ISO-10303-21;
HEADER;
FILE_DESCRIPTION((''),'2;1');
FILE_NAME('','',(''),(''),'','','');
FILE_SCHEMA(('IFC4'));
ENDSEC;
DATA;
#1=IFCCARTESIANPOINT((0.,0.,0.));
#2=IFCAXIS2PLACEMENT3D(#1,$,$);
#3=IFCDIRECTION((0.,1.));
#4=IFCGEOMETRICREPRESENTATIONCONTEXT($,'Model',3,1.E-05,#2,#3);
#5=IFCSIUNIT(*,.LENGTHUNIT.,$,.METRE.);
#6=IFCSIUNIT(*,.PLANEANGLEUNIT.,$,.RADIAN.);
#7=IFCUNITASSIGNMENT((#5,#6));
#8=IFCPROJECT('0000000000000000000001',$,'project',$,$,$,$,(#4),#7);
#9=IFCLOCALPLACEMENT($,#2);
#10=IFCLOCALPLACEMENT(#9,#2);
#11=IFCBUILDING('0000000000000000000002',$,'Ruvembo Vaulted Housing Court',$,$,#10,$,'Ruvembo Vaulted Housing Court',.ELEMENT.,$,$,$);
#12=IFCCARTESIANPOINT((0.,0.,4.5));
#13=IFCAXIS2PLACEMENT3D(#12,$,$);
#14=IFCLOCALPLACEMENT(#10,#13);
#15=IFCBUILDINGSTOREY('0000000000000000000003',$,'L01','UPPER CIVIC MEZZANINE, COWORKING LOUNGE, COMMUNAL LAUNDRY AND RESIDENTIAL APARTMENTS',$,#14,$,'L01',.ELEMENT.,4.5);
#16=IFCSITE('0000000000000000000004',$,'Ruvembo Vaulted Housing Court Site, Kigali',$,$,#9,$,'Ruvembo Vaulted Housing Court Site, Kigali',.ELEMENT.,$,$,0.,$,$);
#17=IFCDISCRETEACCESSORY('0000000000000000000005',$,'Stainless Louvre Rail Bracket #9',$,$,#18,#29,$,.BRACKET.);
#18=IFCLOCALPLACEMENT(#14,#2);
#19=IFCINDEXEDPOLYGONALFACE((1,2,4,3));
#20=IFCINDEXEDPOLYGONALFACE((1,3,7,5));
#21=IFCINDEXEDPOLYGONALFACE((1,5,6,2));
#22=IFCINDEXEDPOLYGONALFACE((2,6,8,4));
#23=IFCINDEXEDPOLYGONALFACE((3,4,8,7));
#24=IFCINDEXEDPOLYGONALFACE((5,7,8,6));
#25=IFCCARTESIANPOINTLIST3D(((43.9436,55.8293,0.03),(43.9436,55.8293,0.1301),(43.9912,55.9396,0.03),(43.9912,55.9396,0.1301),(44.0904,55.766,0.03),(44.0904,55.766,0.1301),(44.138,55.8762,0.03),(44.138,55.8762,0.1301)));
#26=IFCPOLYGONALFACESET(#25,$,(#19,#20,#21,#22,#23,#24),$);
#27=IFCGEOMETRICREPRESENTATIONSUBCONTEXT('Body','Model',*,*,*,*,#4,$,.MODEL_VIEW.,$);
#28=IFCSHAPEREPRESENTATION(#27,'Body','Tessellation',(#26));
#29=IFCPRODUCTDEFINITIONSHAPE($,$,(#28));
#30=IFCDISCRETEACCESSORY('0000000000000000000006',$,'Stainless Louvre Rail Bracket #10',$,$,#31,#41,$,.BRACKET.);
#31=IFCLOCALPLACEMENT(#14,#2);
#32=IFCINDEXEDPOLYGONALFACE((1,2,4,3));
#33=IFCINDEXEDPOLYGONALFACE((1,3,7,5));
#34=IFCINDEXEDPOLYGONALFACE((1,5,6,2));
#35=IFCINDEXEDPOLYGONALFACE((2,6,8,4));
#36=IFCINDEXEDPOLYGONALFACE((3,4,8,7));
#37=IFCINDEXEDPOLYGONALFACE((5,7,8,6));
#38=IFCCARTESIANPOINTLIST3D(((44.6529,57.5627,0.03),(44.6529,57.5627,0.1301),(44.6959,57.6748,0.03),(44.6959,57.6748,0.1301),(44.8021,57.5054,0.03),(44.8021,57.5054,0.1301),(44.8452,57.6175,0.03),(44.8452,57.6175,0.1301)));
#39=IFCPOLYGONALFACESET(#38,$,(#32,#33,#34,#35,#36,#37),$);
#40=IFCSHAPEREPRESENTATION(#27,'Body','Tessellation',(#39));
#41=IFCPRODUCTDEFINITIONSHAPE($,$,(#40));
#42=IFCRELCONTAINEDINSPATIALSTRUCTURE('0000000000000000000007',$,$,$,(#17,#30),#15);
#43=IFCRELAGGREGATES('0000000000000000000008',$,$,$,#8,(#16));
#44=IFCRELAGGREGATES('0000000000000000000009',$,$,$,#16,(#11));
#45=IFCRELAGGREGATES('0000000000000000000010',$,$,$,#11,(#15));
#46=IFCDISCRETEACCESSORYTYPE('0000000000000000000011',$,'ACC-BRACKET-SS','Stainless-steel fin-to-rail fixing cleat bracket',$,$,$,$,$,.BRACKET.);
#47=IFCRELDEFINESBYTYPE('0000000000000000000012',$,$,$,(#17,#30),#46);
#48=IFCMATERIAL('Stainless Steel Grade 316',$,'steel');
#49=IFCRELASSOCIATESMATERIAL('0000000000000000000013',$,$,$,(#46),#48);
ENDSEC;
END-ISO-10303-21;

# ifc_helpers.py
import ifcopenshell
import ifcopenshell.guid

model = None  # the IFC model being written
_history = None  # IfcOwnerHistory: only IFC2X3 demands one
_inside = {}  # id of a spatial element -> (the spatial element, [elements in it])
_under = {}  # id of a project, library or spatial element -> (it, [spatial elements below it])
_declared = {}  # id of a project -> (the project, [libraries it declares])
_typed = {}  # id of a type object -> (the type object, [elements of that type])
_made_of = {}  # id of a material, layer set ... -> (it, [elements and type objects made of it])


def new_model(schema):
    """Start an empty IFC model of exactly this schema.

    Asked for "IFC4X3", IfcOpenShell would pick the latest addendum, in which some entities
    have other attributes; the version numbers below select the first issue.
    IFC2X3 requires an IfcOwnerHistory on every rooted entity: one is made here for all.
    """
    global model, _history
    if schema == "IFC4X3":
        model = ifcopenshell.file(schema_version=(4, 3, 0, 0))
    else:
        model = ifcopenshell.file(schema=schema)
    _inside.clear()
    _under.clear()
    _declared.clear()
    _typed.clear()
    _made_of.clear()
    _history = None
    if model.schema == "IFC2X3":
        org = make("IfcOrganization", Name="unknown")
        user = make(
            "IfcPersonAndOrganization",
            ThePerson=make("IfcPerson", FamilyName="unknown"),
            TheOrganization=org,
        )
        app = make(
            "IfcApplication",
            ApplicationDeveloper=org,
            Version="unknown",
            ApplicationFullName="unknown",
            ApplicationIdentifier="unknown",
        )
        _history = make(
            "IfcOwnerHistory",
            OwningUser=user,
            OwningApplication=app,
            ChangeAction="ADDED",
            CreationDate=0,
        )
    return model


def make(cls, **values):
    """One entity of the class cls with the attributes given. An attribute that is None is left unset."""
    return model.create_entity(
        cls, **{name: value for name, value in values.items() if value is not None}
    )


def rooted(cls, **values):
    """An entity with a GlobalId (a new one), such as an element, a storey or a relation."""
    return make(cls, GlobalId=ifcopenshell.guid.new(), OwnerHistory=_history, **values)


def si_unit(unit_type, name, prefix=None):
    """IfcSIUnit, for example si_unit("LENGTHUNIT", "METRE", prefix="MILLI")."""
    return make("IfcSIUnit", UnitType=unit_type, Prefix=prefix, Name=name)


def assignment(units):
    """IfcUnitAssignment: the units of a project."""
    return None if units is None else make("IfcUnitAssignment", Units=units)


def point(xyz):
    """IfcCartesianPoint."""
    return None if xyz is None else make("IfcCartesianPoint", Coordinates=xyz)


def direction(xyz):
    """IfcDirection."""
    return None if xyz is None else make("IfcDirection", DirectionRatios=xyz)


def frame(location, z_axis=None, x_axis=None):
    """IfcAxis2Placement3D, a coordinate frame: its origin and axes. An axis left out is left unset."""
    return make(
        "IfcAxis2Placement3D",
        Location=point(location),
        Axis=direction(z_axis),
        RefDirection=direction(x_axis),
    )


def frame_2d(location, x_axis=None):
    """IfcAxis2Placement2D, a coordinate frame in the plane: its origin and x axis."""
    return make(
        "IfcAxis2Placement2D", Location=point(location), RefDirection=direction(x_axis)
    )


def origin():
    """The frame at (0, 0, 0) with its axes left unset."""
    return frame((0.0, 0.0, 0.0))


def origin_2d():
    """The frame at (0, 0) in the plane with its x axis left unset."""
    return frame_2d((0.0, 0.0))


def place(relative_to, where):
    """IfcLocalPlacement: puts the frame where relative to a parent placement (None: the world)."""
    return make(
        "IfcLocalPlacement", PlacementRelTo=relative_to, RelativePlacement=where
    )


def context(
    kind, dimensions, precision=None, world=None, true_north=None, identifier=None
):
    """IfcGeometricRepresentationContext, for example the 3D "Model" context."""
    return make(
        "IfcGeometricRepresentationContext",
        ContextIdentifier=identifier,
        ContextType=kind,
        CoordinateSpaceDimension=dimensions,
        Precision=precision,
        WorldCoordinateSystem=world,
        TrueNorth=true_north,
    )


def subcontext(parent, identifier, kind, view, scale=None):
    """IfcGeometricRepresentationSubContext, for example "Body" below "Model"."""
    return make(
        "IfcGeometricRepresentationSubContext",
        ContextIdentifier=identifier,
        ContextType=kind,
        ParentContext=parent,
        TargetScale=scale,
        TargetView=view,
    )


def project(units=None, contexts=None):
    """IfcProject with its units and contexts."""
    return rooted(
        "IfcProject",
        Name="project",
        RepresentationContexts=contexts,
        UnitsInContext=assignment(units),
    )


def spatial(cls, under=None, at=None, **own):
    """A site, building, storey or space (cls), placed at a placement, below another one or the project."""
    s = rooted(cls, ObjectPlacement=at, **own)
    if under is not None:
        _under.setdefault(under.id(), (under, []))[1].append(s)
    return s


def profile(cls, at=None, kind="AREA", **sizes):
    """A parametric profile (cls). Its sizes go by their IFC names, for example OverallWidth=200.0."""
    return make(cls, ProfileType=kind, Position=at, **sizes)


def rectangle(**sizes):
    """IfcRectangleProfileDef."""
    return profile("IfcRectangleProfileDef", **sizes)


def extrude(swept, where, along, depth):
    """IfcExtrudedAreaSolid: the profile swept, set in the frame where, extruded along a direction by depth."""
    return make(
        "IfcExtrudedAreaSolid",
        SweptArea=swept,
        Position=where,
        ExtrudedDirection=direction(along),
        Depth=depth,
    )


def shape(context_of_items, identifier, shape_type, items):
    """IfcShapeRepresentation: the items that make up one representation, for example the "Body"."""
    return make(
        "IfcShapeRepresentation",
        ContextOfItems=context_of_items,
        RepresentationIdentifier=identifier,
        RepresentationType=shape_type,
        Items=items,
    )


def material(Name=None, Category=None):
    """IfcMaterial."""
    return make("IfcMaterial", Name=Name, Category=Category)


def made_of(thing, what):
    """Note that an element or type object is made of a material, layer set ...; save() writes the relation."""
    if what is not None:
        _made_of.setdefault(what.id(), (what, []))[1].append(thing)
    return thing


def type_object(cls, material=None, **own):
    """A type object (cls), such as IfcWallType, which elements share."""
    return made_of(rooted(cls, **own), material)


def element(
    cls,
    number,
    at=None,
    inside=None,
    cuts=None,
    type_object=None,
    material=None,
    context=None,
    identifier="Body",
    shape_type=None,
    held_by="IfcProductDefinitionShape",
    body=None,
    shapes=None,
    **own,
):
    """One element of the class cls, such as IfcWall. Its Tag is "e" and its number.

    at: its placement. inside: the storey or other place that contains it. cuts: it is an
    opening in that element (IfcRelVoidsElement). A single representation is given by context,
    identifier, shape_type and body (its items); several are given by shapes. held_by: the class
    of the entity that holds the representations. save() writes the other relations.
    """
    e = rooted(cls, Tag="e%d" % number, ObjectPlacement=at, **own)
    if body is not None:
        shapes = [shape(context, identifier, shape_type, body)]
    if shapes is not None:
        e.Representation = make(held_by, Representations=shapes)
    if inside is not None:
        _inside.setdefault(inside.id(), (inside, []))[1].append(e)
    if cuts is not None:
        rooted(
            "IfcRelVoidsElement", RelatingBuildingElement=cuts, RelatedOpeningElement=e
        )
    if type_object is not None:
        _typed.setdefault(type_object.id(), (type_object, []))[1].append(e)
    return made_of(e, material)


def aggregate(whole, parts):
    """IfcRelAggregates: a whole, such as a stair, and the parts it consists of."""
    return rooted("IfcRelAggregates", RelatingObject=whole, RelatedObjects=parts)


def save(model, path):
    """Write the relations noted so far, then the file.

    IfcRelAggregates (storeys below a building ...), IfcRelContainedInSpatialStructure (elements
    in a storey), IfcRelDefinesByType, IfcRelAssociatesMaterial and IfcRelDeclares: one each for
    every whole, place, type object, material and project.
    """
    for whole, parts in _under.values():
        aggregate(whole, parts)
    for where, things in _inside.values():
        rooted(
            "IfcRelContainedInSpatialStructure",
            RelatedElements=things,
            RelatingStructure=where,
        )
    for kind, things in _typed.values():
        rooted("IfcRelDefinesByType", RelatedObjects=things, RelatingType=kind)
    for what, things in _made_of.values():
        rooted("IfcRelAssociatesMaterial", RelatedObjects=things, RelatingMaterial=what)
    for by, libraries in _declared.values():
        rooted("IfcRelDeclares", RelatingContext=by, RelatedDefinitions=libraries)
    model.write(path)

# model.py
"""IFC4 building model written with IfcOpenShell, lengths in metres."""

from ifc_helpers import new_model, si_unit, direction, frame, origin, origin_2d, place, context, subcontext, project, spatial, rectangle, extrude, material, type_object, element, save


model = new_model("IFC4")

# Units and contexts
model_context = context("Model", 3, precision=1e-05, world=origin(), true_north=direction((0.0, 1.0)))
body_context = subcontext(model_context, "Body", "Model", "MODEL_VIEW")
ifc_project = project(units=[si_unit("LENGTHUNIT", "METRE"), si_unit("PLANEANGLEUNIT", "RADIAN")], contexts=[model_context])

# Site, building, storey
site_placement = place(None, origin())
site = spatial("IfcSite", under=ifc_project, at=site_placement, Name="Ruvembo Vaulted Housing Court Site, Kigali", LongName="Ruvembo Vaulted Housing Court Site, Kigali", CompositionType="ELEMENT", RefElevation=0.0)
building_placement = place(site_placement, origin())
building = spatial("IfcBuilding", under=site, at=building_placement, Name="Ruvembo Vaulted Housing Court", LongName="Ruvembo Vaulted Housing Court", CompositionType="ELEMENT")
storey_placement = place(building_placement, frame((0.0, 0.0, 4.5)))
storey = spatial("IfcBuildingStorey", under=building, at=storey_placement, Name="L01", Description="UPPER CIVIC MEZZANINE, COWORKING LOUNGE, COMMUNAL LAUNDRY AND RESIDENTIAL APARTMENTS", LongName="L01", CompositionType="ELEMENT", Elevation=4.5)

# Discrete accessories
ifc_material_1 = material(Name="Stainless Steel Grade 316", Category="steel")
discrete_accessory_type = type_object("IfcDiscreteAccessoryType", Name="ACC-BRACKET-SS", Description="Stainless-steel fin-to-rail fixing cleat bracket", PredefinedType="BRACKET", material=ifc_material_1)
for number, where, z_axis, x_axis, name in (
    (1, (44.0408, 55.8528, 0.03), (0.0, 0.0, 1.0), (0.918122, -0.396299, 0.0), "Stainless Louvre Rail Bracket #9"),
    (2, (44.749, 57.5901, 0.03), (0.0, 0.0, 1.0), (0.933568, -0.358401, 0.0), "Stainless Louvre Rail Bracket #10"),
):
    element("IfcDiscreteAccessory", number, at=place(storey_placement, frame(where, z_axis=z_axis, x_axis=x_axis)), inside=storey, type_object=discrete_accessory_type, Name=name, PredefinedType="BRACKET", context=body_context, shape_type="SweptSolid", body=[
        extrude(rectangle(XDim=0.1599, YDim=0.1201, at=origin_2d()), origin(), (0.0, 0.0, 1.0), 0.1001),
    ])

save(model, "model.ifc")
